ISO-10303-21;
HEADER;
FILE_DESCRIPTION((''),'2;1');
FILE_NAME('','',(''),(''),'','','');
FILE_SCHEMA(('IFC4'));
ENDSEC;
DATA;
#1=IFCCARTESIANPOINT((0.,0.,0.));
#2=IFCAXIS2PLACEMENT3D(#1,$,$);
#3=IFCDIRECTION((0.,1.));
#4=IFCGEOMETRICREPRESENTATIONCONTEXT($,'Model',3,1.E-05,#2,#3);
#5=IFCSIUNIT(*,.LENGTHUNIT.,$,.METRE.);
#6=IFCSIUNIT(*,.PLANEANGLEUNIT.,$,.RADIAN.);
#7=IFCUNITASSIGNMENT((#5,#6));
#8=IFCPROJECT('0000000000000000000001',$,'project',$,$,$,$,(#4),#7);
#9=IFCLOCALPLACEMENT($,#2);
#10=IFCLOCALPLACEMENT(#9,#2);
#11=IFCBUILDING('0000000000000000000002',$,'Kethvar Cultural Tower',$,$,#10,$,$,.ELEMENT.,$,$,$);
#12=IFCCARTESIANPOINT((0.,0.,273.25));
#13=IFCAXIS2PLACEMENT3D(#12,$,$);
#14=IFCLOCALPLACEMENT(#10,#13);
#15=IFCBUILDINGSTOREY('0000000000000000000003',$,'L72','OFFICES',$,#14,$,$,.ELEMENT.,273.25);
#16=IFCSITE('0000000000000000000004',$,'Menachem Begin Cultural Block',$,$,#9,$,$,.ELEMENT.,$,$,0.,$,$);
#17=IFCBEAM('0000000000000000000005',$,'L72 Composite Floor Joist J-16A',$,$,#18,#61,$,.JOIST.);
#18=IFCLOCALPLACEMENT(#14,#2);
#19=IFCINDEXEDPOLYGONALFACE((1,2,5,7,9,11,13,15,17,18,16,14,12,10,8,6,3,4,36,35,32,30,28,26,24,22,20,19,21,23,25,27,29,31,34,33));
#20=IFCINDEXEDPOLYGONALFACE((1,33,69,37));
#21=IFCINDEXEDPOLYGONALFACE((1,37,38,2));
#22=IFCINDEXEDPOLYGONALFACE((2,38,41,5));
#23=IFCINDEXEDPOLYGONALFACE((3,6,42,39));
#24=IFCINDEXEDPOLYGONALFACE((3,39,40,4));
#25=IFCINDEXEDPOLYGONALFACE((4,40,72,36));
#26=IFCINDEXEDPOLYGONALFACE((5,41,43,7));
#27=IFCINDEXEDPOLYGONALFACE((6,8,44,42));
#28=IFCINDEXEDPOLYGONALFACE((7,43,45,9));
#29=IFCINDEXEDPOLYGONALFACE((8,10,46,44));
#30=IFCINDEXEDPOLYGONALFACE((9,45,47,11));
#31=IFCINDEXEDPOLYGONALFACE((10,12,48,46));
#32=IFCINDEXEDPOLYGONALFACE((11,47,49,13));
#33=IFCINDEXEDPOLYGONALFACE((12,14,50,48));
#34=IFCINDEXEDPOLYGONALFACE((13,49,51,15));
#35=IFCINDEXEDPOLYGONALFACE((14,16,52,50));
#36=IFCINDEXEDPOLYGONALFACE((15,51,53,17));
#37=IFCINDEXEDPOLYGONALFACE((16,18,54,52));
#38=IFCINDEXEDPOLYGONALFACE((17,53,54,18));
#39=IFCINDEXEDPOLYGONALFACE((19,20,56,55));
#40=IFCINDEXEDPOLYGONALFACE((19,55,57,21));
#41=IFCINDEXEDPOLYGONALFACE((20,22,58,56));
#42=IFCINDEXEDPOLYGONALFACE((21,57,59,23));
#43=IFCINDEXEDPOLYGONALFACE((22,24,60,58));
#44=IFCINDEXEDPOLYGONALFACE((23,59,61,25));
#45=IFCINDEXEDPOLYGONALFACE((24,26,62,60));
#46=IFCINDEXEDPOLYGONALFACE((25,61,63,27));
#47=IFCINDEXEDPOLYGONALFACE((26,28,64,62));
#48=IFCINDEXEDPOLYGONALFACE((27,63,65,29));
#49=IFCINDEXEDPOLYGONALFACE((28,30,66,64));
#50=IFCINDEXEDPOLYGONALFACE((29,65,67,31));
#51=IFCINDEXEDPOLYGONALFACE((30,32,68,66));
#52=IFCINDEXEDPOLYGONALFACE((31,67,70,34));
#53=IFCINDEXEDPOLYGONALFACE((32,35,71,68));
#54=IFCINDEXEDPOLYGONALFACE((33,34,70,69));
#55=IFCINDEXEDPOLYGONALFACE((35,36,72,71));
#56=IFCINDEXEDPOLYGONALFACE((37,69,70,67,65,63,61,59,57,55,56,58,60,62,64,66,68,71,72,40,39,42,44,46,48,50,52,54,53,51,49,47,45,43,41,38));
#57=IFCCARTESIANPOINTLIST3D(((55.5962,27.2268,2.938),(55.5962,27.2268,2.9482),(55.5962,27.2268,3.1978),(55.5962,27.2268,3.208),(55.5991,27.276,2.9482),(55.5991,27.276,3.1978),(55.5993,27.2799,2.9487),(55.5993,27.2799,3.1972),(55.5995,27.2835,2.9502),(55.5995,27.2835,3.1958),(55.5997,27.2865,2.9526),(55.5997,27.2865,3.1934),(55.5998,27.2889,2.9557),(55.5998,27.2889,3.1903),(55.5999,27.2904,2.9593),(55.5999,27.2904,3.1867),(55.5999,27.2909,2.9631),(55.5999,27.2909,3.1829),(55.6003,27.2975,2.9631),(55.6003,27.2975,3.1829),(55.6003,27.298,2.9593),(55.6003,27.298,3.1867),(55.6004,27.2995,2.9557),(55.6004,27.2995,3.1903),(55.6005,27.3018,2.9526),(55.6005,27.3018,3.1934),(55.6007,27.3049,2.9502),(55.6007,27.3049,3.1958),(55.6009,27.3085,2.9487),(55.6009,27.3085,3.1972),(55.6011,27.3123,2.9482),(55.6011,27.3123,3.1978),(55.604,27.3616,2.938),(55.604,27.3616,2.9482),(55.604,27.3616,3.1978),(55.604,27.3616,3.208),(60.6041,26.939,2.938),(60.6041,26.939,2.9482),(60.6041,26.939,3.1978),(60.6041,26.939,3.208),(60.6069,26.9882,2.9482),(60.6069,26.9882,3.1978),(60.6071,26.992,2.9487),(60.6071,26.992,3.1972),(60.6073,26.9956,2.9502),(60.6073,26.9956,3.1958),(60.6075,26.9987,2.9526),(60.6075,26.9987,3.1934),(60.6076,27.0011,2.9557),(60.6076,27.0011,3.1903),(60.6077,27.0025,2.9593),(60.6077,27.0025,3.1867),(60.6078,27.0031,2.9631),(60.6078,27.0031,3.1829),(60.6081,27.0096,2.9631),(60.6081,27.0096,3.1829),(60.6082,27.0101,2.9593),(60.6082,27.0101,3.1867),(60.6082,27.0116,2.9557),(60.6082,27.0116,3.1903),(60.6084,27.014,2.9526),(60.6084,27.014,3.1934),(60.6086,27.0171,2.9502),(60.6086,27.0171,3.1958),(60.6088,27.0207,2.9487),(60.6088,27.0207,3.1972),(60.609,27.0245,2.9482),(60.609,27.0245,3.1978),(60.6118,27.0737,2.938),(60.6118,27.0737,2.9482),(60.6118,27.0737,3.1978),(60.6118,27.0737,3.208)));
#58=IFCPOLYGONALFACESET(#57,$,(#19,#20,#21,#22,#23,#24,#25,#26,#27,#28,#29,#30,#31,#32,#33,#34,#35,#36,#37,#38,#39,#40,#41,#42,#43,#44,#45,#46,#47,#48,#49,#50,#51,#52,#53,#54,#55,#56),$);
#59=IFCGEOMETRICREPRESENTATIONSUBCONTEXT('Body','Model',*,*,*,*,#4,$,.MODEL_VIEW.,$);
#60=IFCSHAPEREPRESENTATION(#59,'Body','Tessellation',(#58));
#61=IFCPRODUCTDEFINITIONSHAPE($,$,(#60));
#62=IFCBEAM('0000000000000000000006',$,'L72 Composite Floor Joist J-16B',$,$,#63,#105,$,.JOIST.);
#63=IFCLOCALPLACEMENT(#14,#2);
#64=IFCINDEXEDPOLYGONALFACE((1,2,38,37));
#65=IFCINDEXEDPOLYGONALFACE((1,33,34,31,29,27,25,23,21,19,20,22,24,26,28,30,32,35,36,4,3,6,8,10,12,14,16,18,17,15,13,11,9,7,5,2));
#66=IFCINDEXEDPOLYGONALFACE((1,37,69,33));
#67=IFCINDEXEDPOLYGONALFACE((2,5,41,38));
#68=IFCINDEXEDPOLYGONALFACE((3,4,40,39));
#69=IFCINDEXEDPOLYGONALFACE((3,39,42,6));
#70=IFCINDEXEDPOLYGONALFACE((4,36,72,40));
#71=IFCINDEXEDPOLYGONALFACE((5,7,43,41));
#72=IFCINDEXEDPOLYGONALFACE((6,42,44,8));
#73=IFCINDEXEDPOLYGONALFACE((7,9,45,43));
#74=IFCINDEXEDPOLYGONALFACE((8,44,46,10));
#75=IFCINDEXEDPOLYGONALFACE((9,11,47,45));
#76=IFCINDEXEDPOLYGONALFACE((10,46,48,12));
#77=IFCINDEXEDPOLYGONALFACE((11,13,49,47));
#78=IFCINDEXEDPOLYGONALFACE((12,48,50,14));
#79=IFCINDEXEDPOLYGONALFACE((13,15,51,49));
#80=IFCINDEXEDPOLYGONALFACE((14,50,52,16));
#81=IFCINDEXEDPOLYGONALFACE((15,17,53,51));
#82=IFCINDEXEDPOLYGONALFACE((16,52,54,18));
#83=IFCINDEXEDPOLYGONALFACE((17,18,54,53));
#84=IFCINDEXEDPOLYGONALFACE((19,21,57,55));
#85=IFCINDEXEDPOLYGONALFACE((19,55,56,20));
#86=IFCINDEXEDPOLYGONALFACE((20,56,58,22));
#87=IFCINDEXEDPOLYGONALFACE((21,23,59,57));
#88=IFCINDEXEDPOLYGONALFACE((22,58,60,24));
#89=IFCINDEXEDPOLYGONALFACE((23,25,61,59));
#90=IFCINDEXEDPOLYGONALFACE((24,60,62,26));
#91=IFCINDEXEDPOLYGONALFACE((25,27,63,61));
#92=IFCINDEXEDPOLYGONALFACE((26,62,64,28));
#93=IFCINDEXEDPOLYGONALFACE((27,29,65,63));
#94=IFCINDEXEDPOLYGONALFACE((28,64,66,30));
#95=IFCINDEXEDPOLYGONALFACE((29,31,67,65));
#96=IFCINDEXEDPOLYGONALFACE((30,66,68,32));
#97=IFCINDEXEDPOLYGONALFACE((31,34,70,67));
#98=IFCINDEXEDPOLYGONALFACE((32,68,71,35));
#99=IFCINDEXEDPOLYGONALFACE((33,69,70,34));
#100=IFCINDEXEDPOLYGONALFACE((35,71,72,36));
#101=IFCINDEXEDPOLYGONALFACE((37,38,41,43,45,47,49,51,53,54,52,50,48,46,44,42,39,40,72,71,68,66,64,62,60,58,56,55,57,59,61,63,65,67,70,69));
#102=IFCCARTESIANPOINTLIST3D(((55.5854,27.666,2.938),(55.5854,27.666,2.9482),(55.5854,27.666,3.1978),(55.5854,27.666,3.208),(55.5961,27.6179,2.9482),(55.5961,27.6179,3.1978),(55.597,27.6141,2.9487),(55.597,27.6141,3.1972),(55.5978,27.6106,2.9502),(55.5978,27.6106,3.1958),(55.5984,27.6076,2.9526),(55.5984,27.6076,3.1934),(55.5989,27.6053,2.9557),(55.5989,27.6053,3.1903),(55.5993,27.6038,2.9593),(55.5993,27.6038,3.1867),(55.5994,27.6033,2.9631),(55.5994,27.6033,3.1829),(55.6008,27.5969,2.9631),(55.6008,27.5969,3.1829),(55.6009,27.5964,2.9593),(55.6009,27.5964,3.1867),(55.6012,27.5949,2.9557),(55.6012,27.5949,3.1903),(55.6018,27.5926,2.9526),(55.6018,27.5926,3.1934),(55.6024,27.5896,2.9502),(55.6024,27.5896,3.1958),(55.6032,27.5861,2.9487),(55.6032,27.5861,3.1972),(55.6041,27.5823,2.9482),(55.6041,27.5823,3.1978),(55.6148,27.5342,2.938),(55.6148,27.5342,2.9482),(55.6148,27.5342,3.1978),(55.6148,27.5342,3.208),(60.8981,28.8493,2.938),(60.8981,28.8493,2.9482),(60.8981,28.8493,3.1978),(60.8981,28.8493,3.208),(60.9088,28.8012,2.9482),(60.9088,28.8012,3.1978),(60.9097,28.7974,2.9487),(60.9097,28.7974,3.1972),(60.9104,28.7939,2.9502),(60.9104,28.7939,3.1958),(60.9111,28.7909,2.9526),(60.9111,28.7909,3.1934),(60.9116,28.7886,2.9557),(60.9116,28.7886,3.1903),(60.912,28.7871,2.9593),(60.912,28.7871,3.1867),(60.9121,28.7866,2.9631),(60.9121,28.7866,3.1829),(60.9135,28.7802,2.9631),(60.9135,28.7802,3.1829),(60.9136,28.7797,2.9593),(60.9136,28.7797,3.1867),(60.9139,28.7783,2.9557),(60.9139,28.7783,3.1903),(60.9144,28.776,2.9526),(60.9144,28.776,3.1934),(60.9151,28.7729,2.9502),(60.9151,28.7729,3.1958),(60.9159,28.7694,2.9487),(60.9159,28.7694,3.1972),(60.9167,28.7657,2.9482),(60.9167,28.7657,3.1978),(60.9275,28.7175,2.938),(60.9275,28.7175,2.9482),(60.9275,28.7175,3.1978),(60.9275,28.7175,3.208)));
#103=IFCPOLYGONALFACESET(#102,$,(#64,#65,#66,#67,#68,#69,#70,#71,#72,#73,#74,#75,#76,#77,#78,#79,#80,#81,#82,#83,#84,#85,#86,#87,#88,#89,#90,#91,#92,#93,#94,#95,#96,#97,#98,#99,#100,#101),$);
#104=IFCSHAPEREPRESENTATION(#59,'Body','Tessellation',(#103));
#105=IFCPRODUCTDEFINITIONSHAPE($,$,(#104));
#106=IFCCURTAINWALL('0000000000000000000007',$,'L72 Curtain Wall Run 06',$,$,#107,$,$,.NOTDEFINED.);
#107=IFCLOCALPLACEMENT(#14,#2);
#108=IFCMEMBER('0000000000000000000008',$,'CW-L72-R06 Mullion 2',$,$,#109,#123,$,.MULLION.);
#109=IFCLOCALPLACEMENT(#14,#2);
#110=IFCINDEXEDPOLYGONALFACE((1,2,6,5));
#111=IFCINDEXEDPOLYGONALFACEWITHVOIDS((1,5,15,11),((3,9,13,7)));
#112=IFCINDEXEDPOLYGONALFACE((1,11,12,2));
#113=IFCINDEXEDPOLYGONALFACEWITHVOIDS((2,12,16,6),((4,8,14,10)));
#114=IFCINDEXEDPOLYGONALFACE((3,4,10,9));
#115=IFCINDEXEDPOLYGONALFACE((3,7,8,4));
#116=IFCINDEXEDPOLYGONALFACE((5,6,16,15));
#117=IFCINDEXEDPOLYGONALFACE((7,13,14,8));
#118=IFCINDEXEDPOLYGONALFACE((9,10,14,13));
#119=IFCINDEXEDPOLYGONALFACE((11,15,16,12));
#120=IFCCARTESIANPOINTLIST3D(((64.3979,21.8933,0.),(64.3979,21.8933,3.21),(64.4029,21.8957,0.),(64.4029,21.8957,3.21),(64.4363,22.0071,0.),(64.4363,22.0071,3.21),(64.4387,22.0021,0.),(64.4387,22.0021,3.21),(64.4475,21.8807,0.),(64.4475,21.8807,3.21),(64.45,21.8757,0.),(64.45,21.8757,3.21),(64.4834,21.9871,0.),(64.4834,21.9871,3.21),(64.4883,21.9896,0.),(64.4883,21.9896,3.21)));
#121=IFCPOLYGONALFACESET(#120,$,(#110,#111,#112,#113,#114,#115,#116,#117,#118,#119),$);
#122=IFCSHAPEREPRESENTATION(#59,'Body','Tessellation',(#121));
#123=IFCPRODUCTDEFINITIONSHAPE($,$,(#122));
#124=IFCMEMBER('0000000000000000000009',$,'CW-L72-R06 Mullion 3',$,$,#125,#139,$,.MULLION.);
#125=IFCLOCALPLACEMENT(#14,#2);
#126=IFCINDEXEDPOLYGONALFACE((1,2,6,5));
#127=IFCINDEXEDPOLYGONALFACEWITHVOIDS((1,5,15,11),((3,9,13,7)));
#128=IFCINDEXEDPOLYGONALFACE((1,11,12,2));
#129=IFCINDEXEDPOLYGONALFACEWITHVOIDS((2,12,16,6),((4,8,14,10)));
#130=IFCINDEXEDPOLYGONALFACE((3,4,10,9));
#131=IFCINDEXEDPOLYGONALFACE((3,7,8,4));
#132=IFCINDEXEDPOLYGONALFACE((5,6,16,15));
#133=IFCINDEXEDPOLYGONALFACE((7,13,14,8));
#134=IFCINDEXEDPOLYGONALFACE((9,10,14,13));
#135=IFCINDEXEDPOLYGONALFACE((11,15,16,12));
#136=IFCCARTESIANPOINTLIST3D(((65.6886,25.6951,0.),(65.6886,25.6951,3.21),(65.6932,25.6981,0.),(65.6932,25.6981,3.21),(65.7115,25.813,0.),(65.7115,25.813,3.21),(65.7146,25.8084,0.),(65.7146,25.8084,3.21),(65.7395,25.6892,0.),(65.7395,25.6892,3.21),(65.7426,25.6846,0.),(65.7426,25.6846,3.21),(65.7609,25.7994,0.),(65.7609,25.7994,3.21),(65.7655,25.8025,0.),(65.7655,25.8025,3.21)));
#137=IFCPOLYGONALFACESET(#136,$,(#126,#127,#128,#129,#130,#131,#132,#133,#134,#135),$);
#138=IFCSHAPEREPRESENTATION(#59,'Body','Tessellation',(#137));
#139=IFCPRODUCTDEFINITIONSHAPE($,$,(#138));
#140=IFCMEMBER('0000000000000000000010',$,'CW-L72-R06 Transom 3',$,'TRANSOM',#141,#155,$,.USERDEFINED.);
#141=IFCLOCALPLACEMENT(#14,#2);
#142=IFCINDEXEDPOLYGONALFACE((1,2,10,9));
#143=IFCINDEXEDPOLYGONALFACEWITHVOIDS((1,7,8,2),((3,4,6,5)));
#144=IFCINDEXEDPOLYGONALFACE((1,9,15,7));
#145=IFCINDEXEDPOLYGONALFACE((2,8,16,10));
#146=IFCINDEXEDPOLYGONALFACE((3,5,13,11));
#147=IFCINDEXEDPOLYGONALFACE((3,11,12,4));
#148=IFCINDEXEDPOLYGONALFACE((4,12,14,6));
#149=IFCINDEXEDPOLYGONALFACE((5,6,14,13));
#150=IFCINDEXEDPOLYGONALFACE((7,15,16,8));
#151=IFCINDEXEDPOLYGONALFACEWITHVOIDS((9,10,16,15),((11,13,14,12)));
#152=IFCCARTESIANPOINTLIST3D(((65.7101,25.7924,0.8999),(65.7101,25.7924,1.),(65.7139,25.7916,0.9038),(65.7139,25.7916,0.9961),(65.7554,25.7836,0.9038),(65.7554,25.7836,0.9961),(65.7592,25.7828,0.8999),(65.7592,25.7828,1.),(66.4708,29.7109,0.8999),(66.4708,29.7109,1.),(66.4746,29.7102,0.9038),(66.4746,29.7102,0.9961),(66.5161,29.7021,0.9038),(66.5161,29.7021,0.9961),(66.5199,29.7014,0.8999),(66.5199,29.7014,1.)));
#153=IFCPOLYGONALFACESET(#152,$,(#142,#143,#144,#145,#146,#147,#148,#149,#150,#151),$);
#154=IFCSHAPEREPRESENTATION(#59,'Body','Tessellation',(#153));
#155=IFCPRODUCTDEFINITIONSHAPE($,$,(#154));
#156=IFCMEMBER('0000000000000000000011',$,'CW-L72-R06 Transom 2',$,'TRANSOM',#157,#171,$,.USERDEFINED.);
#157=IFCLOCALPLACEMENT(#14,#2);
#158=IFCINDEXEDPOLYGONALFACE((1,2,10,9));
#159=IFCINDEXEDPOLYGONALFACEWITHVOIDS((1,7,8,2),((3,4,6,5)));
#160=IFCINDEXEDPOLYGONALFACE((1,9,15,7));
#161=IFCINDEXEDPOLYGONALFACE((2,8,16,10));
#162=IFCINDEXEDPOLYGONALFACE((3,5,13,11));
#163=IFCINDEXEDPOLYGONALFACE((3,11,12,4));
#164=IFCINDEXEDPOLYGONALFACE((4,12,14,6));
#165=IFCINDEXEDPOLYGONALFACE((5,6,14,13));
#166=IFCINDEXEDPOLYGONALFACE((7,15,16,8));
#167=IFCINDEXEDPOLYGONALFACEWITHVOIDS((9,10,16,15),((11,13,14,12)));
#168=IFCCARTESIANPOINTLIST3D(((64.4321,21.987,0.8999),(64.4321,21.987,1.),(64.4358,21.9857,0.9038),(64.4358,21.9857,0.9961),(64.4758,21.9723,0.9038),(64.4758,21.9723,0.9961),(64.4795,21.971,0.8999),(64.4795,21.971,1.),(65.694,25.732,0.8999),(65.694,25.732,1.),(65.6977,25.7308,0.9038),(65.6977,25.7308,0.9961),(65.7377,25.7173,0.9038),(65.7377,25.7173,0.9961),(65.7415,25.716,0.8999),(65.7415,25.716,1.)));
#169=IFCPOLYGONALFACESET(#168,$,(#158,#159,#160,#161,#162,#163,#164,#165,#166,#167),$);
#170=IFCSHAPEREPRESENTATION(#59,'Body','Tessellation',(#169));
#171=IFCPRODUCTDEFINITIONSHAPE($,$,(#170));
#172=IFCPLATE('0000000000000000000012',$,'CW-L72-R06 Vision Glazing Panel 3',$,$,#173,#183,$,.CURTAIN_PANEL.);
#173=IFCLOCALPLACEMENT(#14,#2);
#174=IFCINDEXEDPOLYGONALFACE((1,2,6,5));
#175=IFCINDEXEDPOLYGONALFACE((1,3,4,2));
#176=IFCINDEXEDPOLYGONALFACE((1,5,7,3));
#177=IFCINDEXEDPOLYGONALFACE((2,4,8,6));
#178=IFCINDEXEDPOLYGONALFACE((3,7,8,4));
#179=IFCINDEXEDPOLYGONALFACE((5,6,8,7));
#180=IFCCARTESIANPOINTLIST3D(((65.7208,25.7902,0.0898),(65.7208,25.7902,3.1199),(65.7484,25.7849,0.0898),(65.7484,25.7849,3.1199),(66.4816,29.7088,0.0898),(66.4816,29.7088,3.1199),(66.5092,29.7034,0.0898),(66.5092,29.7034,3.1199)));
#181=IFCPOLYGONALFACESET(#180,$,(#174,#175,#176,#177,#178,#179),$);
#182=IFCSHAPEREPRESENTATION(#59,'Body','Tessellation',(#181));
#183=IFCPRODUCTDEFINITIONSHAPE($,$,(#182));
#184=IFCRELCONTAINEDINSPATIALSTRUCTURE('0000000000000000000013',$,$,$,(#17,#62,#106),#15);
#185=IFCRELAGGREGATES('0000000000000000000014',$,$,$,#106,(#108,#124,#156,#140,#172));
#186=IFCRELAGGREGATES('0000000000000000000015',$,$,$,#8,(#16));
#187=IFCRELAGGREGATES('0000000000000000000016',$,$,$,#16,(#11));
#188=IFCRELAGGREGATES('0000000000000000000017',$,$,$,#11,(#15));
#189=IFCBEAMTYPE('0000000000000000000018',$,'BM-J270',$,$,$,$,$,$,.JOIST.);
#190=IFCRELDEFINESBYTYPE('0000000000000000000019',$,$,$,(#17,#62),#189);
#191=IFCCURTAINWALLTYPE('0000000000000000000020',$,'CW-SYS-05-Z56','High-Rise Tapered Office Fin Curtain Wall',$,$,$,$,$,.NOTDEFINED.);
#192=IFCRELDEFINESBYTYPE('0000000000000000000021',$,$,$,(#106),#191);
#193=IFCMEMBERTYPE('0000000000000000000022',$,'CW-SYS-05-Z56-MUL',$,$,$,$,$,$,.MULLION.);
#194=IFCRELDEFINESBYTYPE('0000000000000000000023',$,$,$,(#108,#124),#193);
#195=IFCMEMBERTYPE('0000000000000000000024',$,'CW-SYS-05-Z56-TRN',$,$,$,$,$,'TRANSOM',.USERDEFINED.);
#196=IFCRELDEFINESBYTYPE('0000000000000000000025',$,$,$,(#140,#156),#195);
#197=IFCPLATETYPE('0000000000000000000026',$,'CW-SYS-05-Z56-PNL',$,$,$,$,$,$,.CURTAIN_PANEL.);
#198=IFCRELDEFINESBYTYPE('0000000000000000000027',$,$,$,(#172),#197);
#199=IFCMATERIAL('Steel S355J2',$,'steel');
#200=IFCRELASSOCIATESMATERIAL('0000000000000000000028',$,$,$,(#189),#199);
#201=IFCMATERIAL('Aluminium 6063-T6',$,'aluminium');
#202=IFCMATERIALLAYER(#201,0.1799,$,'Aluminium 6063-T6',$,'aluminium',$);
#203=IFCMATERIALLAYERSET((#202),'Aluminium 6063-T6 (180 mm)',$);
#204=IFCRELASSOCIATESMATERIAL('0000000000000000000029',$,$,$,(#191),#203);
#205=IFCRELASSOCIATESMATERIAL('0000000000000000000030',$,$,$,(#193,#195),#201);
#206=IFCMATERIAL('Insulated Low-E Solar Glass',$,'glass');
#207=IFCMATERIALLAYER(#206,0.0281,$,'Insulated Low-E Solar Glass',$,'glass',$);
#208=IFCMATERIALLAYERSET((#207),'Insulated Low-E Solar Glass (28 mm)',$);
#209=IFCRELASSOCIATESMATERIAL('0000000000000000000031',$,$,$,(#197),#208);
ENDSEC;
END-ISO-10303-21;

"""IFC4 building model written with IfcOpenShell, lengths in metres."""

from ifc_helpers import new_model, si_unit, direction, frame, origin, origin_2d, place, context, subcontext, project, spatial, rectangle, hollow_rectangle, i_section, extrude, source, transform, mapped, material, layer, layer_set, material_profile, profile_set, type_object, element, aggregate, save


model = new_model("IFC4")

# Units and contexts
model_context = context("Model", 3, precision=1e-05, world=origin(), true_north=direction((0.0, 1.0)))
body_context = subcontext(model_context, "Body", "Model", "MODEL_VIEW")
ifc_project = project(units=[si_unit("LENGTHUNIT", "METRE"), si_unit("PLANEANGLEUNIT", "RADIAN")], contexts=[model_context])

# Site, building, storey
site_placement = place(None, origin())
site = spatial("IfcSite", under=ifc_project, at=site_placement, Name="Menachem Begin Cultural Block", CompositionType="ELEMENT", RefElevation=0.0)
building_placement = place(site_placement, origin())
building = spatial("IfcBuilding", under=site, at=building_placement, Name="Kethvar Cultural Tower", CompositionType="ELEMENT")
storey_placement = place(building_placement, frame((0.0, 0.0, 273.25)))
storey = spatial("IfcBuildingStorey", under=building, at=storey_placement, Name="L72", Description="OFFICES", CompositionType="ELEMENT", Elevation=273.25)

# Shared definitions
ifc_material_1 = material(Name="Steel S355J2", Category="steel")

# Beams
ifc_material_profile_1 = material_profile(ifc_material_1, i_section(OverallWidth=0.135, OverallDepth=0.27, WebThickness=0.0066, FlangeThickness=0.0103, FilletRadius=0.0149, at=origin_2d()), Name="Steel S355J2 — IPE270")
ifc_profile_set_1 = profile_set([ifc_material_profile_1], Name="Steel S355J2 — IPE270")
beam_type_1 = type_object("IfcBeamType", Name="BM-J270", PredefinedType="JOIST", material=ifc_profile_set_1)
shared_shape_1 = source(origin(), body_context, "Body", "SweptSolid", [
    extrude(i_section(OverallWidth=0.135, OverallDepth=0.27, WebThickness=0.0066, FlangeThickness=0.0103, FilletRadius=0.0149, at=origin_2d()), origin(), (0.0, 0.0, 1.0), 5.0161),
])
beam_1_placement = place(storey_placement, frame((55.6001, 27.2942, 3.073), z_axis=(0.998352, -0.057384, 0.0), x_axis=(0.057384, 0.998352, 0.0)))
element("IfcBeam", 1, at=beam_1_placement, inside=storey, type_object=beam_type_1, Name="L72 Composite Floor Joist J-16A", PredefinedType="JOIST", context=body_context, shape_type="MappedRepresentation", body=[
    mapped(shared_shape_1, transform((0.0, 0.0, 0.0), scale=1.0)),
])
shared_shape_2 = source(origin(), body_context, "Body", "SweptSolid", [
    extrude(i_section(OverallWidth=0.135, OverallDepth=0.27, WebThickness=0.0066, FlangeThickness=0.0103, FilletRadius=0.0149, at=origin_2d()), origin(), (0.0, 0.0, 1.0), 5.4429),
])
beam_2_placement = place(storey_placement, frame((55.6001, 27.6001, 3.073), z_axis=(0.97608, 0.21741, 0.0), x_axis=(-0.21741, 0.97608, 0.0)))
element("IfcBeam", 2, at=beam_2_placement, inside=storey, type_object=beam_type_1, Name="L72 Composite Floor Joist J-16B", PredefinedType="JOIST", context=body_context, shape_type="MappedRepresentation", body=[
    mapped(shared_shape_2, transform((0.0, 0.0, 0.0), scale=1.0)),
])

# Curtain wall, members, plate
ifc_material_2 = material(Name="Aluminium 6063-T6", Category="aluminium")
ifc_layer_1 = layer(ifc_material_2, 0.1799, Name="Aluminium 6063-T6", Category="aluminium")
ifc_layer_set_1 = layer_set([ifc_layer_1], Name="Aluminium 6063-T6 (180 mm)")
curtain_wall_type = type_object("IfcCurtainWallType", Name="CW-SYS-05-Z56", Description="High-Rise Tapered Office Fin Curtain Wall", PredefinedType="NOTDEFINED", material=ifc_layer_set_1)
curtain_wall_placement = place(storey_placement, origin())
curtain_wall = element("IfcCurtainWall", 3, at=curtain_wall_placement, inside=storey, type_object=curtain_wall_type, Name="L72 Curtain Wall Run 06", PredefinedType="NOTDEFINED")
ifc_material_profile_2 = material_profile(ifc_material_2, hollow_rectangle(XDim=0.0549, YDim=0.1201, WallThickness=0.0039, at=origin_2d()), Name="Aluminium 6063-T6 — RHS120x55x4")
ifc_profile_set_2 = profile_set([ifc_material_profile_2], Name="Aluminium 6063-T6 — RHS120x55x4")
member_type_1 = type_object("IfcMemberType", Name="CW-SYS-05-Z56-MUL", PredefinedType="MULLION", material=ifc_profile_set_2)
shared_shape_3 = source(origin(), body_context, "Body", "SweptSolid", [
    extrude(hollow_rectangle(XDim=0.0549, YDim=0.1201, WallThickness=0.0039, at=origin_2d()), origin(), (0.0, 0.0, 1.0), 3.21),
])
member_1_placement = place(storey_placement, frame((64.4431, 21.9414, 0.0), z_axis=(0.0, 0.0, 1.0), x_axis=(-0.947657, 0.31929, 0.0)))
member_1 = element("IfcMember", 4, at=member_1_placement, type_object=member_type_1, Name="CW-L72-R06 Mullion 2", PredefinedType="MULLION", context=body_context, shape_type="MappedRepresentation", body=[
    mapped(shared_shape_3, transform((0.0, 0.0, 0.0), scale=1.0)),
])
member_2_placement = place(storey_placement, frame((65.7271, 25.7488, 0.0), z_axis=(0.0, 0.0, 1.0), x_axis=(-0.98167, 0.190586, 0.0)))
member_2 = element("IfcMember", 5, at=member_2_placement, type_object=member_type_1, Name="CW-L72-R06 Mullion 3", PredefinedType="MULLION", context=body_context, shape_type="MappedRepresentation", body=[
    mapped(shared_shape_3, transform((0.0, 0.0, 0.0), scale=1.0)),
])
ifc_material_profile_3 = material_profile(ifc_material_2, hollow_rectangle(XDim=0.05, YDim=0.1001, WallThickness=0.0039, at=origin_2d()), Name="Aluminium 6063-T6 — RHS100x50x4")
ifc_profile_set_3 = profile_set([ifc_material_profile_3], Name="Aluminium 6063-T6 — RHS100x50x4")
member_type_2 = type_object("IfcMemberType", Name="CW-SYS-05-Z56-TRN", ElementType="TRANSOM", PredefinedType="USERDEFINED", material=ifc_profile_set_3)
shared_shape_4 = source(origin(), body_context, "Body", "SweptSolid", [
    extrude(hollow_rectangle(XDim=0.05, YDim=0.1001, WallThickness=0.0039, at=origin_2d()), origin(), (0.0, 0.0, 1.0), 3.9917),
])
member_3_placement = place(storey_placement, frame((65.7346, 25.7876, 0.95), z_axis=(0.190585, 0.981671, 0.0), x_axis=(-0.981671, 0.190585, 0.0)))
member_3 = element("IfcMember", 6, at=member_3_placement, type_object=member_type_2, Name="CW-L72-R06 Transom 3", ObjectType="TRANSOM", PredefinedType="USERDEFINED", context=body_context, shape_type="MappedRepresentation", body=[
    mapped(shared_shape_4, transform((0.0, 0.0, 0.0), scale=1.0)),
])
shared_shape_5 = source(origin(), body_context, "Body", "SweptSolid", [
    extrude(hollow_rectangle(XDim=0.05, YDim=0.1001, WallThickness=0.0039, at=origin_2d()), origin(), (0.0, 0.0, 1.0), 3.9519),
])
member_4_placement = place(storey_placement, frame((64.4558, 21.979, 0.95), z_axis=(0.319321, 0.947647, 0.0), x_axis=(-0.947647, 0.319321, 0.0)))
member_4 = element("IfcMember", 7, at=member_4_placement, type_object=member_type_2, Name="CW-L72-R06 Transom 2", ObjectType="TRANSOM", PredefinedType="USERDEFINED", context=body_context, shape_type="MappedRepresentation", body=[
    mapped(shared_shape_5, transform((0.0, 0.0, 0.0), scale=1.0)),
])
ifc_material_3 = material(Name="Insulated Low-E Solar Glass", Category="glass")
ifc_layer_2 = layer(ifc_material_3, 0.0281, Name="Insulated Low-E Solar Glass", Category="glass")
ifc_layer_set_2 = layer_set([ifc_layer_2], Name="Insulated Low-E Solar Glass (28 mm)")
plate_type = type_object("IfcPlateType", Name="CW-SYS-05-Z56-PNL", PredefinedType="CURTAIN_PANEL", material=ifc_layer_set_2)
shared_shape_6 = source(origin(), body_context, "Body", "SweptSolid", [
    extrude(rectangle(XDim=3.9917, YDim=0.0281, at=origin_2d()), origin(), (0.0, 0.0, 1.0), 3.03),
])
plate_1_placement = place(storey_placement, frame((66.115, 27.7468, 0.0898), z_axis=(0.0, 0.0, 1.0), x_axis=(0.190586, 0.98167, 0.0)))
plate_1 = element("IfcPlate", 8, at=plate_1_placement, type_object=plate_type, Name="CW-L72-R06 Vision Glazing Panel 3", PredefinedType="CURTAIN_PANEL", context=body_context, shape_type="MappedRepresentation", body=[
    mapped(shared_shape_6, transform((0.0, 0.0, 0.0), scale=1.0)),
])
aggregate(curtain_wall, [member_1, member_2, member_4, member_3, plate_1])

save(model, "model.ifc")
